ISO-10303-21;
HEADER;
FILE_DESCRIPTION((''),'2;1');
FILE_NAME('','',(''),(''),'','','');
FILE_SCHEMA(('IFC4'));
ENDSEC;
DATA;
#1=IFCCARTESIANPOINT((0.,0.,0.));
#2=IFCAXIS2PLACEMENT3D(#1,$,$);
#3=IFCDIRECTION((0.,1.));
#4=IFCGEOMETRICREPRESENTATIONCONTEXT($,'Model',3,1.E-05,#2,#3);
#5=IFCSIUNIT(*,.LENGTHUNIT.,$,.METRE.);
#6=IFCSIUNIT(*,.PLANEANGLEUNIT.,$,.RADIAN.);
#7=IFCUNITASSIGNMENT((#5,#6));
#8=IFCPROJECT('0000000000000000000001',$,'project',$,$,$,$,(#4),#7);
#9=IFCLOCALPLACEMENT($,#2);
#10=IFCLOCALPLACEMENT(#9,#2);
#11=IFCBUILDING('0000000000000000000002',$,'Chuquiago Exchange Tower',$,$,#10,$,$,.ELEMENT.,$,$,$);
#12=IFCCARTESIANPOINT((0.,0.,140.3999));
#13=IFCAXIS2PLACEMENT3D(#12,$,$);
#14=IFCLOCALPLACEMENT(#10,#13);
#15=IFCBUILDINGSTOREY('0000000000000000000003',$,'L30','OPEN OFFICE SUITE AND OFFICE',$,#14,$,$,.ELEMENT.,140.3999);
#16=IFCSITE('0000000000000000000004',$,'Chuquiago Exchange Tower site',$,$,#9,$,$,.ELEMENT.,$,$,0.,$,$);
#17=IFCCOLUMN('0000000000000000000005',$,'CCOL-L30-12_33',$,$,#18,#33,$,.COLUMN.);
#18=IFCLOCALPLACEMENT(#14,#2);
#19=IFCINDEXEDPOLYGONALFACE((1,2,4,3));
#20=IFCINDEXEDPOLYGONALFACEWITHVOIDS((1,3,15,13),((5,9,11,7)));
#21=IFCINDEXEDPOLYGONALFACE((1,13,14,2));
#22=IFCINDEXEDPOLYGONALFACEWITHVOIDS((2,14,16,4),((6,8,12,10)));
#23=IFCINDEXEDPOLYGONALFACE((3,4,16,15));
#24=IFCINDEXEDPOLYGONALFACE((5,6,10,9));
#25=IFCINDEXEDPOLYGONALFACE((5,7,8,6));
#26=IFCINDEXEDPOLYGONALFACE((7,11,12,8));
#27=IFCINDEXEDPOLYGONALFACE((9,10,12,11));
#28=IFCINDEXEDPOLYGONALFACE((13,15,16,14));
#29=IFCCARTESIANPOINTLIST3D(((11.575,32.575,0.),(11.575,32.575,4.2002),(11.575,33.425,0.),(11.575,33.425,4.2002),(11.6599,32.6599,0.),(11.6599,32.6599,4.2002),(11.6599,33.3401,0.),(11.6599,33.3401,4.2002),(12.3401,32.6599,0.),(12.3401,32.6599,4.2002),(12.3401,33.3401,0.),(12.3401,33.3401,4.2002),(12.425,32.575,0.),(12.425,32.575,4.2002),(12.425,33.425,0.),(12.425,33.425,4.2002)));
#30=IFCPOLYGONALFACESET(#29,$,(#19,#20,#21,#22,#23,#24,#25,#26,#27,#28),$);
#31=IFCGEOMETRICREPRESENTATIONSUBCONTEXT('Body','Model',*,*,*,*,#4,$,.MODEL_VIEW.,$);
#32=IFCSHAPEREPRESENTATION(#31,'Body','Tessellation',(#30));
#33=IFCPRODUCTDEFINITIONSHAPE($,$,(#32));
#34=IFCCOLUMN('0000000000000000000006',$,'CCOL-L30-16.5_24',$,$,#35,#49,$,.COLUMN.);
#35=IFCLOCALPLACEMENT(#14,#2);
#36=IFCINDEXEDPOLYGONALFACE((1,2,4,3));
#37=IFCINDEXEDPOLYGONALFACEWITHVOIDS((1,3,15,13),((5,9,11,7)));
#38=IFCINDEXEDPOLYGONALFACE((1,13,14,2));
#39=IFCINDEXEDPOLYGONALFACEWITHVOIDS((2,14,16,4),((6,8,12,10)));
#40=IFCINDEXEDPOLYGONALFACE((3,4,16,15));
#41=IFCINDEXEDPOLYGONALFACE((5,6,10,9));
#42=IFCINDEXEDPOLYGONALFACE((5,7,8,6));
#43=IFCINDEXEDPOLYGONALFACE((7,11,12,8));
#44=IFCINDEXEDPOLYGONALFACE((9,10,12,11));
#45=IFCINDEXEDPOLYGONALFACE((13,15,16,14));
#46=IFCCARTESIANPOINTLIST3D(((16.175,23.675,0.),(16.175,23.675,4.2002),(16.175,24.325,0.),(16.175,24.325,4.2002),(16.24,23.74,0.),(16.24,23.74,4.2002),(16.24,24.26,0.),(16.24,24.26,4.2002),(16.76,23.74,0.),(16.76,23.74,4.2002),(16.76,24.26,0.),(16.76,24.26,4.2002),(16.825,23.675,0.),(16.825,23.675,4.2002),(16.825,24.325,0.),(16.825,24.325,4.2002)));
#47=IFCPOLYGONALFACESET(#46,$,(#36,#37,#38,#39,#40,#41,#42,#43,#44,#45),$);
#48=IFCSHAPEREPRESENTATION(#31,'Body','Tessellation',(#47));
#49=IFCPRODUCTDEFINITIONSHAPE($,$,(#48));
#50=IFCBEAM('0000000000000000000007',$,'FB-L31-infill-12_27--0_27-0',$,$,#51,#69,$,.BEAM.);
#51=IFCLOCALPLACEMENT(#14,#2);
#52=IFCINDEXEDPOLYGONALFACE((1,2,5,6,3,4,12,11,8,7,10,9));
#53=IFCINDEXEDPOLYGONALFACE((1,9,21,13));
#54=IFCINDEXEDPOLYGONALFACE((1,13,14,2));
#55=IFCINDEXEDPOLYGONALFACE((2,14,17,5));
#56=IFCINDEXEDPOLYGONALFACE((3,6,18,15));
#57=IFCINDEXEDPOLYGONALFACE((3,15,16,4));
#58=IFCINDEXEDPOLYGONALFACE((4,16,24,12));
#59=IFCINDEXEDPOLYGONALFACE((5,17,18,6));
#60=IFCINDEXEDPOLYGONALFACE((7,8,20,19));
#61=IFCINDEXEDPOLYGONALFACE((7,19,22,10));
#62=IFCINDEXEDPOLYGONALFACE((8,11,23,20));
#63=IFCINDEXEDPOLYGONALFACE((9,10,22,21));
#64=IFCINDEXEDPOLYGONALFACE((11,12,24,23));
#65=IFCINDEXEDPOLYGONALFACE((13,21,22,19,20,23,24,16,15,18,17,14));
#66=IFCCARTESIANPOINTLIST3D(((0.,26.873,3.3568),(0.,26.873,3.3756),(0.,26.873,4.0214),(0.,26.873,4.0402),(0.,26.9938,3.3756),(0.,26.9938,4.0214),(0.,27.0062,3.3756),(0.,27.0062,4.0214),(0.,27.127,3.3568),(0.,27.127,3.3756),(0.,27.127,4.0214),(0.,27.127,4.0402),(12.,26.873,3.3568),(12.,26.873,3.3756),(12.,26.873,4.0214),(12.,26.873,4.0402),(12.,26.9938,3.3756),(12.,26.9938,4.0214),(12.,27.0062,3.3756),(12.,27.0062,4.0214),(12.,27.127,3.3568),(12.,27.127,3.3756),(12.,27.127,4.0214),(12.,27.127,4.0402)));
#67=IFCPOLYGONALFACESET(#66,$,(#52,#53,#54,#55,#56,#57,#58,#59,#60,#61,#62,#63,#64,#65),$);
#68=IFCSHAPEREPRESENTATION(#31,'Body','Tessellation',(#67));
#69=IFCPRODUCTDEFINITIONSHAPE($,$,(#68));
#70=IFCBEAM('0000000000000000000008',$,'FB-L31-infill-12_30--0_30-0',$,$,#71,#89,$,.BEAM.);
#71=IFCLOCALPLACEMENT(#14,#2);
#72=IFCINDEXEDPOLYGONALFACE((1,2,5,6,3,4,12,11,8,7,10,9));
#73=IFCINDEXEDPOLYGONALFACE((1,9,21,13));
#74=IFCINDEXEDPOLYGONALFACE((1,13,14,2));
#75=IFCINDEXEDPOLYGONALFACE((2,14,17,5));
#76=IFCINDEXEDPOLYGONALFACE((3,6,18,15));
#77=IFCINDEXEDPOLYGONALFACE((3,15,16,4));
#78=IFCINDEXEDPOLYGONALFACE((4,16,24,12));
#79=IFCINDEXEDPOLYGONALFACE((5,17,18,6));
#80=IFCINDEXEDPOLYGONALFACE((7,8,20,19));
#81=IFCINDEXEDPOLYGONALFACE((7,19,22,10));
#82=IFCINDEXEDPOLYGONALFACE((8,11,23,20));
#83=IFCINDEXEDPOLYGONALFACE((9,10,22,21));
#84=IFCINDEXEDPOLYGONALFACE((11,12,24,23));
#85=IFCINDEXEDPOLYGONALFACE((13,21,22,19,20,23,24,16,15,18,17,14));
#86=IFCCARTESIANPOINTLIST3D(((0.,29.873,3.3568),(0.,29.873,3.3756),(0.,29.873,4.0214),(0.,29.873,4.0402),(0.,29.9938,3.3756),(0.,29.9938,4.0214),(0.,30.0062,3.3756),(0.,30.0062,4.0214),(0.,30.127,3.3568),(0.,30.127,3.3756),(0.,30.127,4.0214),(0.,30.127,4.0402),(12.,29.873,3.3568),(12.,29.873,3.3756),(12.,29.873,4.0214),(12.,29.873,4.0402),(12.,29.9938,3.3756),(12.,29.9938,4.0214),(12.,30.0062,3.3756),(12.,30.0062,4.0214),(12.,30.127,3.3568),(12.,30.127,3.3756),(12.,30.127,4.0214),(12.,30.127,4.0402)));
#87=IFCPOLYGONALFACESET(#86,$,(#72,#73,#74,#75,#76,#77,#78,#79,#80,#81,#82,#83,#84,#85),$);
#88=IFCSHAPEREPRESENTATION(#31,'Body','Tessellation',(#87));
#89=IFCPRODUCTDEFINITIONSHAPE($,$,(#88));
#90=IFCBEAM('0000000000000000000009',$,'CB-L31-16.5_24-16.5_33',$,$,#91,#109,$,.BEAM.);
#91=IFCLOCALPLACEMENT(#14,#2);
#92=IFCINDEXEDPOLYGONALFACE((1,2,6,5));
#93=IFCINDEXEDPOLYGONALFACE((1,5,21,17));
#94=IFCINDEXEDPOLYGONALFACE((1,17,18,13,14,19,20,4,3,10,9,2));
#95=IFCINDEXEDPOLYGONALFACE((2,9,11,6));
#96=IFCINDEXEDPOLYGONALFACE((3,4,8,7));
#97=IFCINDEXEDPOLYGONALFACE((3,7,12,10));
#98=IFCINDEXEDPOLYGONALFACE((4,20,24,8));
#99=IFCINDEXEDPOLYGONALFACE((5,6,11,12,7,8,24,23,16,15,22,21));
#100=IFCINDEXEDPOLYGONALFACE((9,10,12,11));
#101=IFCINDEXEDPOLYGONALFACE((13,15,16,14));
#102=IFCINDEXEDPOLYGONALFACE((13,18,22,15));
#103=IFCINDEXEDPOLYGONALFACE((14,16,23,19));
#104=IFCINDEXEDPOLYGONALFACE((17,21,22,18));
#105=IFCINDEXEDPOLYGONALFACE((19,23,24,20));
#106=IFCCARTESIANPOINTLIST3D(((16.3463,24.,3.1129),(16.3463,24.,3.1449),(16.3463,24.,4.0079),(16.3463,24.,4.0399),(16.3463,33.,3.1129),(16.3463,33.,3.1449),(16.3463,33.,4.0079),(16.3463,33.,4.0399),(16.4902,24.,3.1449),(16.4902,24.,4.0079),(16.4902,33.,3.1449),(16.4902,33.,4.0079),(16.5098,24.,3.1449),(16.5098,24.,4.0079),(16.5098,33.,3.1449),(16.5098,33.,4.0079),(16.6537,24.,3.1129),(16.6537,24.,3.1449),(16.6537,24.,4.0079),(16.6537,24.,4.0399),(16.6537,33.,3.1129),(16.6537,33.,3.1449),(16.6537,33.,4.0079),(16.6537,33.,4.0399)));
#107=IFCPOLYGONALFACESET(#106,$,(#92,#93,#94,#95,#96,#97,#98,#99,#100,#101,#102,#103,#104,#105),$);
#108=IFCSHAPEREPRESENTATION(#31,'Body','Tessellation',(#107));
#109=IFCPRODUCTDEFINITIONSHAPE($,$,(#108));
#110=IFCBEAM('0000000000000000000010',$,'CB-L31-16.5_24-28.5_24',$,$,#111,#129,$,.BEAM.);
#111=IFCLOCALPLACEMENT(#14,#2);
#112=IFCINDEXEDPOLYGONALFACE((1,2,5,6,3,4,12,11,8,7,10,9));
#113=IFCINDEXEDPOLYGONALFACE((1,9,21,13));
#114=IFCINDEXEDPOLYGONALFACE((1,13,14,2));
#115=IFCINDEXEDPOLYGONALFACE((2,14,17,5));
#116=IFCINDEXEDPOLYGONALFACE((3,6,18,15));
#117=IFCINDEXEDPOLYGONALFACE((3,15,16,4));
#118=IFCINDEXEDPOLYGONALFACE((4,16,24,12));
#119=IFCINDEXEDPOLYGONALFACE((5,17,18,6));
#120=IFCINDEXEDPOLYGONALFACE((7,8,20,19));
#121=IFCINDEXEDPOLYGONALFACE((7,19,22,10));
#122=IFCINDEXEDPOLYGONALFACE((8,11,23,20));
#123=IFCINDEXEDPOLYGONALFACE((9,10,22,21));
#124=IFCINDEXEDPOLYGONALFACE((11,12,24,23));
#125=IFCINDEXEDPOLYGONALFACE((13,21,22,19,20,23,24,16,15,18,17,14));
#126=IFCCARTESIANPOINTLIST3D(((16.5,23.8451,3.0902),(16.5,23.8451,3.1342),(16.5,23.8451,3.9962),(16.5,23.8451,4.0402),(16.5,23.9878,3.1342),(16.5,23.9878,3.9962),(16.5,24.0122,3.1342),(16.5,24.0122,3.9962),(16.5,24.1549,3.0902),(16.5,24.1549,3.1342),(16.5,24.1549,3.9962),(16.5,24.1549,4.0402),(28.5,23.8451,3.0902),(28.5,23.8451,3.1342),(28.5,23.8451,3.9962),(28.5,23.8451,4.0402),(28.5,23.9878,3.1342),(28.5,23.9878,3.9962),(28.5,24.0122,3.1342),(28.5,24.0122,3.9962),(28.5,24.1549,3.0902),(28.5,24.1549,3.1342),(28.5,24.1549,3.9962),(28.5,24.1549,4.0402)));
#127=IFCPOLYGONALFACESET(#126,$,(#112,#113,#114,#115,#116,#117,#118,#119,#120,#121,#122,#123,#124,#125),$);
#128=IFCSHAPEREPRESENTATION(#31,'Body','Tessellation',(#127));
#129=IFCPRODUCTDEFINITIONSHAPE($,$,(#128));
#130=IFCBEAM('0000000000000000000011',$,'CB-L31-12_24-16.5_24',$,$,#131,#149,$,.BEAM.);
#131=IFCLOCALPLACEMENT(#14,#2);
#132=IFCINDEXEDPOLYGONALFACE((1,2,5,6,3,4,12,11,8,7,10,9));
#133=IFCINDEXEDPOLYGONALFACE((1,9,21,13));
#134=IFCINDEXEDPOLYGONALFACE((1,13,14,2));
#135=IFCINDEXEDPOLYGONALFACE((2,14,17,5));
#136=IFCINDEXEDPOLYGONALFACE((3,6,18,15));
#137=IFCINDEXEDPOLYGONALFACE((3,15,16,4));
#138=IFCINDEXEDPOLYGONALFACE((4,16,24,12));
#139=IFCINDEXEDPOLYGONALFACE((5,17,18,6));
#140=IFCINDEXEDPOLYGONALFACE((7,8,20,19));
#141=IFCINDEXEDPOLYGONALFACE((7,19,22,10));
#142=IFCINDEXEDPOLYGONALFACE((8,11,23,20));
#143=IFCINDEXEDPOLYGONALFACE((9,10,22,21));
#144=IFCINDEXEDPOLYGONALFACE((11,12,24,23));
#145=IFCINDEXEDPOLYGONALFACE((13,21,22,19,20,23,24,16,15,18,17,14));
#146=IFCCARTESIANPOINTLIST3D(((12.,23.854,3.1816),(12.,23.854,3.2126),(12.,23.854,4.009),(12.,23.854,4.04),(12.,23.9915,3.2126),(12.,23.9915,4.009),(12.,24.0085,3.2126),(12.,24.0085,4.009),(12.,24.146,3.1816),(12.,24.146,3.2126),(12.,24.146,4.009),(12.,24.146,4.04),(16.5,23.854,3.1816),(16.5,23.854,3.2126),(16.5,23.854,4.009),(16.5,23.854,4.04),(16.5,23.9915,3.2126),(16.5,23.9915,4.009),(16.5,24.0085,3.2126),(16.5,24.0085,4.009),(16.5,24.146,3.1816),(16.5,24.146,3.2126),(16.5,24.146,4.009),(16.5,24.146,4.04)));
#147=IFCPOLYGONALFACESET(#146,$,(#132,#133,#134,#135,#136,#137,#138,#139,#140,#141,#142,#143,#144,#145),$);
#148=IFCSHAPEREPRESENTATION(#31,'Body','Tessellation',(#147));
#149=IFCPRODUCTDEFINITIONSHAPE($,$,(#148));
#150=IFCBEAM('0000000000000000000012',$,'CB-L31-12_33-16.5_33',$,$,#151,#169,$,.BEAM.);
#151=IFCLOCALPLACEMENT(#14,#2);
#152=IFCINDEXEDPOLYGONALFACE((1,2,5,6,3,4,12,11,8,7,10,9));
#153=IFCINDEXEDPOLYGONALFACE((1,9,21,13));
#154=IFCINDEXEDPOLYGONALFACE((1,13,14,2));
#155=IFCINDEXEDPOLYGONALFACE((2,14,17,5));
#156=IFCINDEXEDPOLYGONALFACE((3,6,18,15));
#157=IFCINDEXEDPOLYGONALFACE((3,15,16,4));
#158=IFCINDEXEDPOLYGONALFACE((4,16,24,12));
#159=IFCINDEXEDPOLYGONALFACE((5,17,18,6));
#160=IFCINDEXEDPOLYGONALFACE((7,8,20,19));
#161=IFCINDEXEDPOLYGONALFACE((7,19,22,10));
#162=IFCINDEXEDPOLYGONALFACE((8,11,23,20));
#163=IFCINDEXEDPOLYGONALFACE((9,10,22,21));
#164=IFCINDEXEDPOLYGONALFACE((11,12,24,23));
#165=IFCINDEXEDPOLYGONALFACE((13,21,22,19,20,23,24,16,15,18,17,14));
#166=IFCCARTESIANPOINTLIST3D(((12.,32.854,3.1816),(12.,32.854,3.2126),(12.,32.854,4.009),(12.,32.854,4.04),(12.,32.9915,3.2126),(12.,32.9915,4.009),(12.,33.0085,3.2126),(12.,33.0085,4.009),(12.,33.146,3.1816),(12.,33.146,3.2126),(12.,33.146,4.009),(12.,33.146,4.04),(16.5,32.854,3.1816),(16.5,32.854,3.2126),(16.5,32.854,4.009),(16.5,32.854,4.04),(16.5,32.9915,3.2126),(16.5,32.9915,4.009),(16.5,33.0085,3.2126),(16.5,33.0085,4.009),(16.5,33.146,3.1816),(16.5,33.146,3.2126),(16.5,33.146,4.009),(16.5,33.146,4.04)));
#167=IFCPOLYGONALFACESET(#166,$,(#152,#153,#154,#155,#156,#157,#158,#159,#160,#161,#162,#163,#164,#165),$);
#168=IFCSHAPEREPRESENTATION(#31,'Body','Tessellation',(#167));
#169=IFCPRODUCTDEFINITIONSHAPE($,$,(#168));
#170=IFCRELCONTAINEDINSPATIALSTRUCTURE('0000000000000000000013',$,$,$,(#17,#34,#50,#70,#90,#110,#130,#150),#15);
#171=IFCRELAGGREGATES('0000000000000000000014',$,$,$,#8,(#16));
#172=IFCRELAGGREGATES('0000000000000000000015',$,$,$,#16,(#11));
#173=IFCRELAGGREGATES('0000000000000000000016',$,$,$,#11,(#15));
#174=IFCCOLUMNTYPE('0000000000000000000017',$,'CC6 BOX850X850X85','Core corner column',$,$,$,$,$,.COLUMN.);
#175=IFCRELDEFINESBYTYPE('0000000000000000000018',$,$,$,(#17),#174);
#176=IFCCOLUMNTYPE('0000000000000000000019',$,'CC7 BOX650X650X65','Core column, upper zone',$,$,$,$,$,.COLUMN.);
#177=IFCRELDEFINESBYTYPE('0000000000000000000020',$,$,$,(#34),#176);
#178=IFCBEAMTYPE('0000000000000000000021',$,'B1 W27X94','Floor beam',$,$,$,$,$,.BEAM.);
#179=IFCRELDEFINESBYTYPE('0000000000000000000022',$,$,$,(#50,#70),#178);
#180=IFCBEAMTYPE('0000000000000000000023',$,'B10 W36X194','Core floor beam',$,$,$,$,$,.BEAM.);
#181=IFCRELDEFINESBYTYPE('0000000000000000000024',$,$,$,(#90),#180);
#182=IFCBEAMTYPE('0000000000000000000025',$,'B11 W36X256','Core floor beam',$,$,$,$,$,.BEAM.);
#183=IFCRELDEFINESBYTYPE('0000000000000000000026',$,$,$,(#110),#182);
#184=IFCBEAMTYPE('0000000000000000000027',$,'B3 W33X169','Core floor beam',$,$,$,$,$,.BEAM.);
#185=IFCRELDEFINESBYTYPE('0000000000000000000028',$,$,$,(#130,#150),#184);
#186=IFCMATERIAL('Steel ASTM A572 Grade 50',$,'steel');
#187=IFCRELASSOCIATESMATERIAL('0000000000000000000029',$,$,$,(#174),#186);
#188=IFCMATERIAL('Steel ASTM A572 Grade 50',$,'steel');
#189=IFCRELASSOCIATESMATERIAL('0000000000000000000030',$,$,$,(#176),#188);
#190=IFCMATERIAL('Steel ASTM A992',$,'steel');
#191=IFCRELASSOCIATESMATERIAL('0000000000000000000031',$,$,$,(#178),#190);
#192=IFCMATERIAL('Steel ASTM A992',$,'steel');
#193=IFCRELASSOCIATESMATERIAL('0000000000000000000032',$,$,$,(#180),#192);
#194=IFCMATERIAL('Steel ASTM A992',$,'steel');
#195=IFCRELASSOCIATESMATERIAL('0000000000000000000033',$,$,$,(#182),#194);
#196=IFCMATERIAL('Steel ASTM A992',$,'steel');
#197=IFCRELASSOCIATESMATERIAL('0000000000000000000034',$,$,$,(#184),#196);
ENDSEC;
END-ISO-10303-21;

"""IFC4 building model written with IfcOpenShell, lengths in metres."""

from ifc_helpers import new_model, si_unit, direction, frame, origin, origin_2d, place, context, subcontext, project, spatial, hollow_rectangle, i_section, extrude, material, material_profile, profile_set, type_object, element, save


model = new_model("IFC4")

# Units and contexts
model_context = context("Model", 3, precision=1e-05, world=origin(), true_north=direction((0.0, 1.0)))
body_context = subcontext(model_context, "Body", "Model", "MODEL_VIEW")
ifc_project = project(units=[si_unit("LENGTHUNIT", "METRE"), si_unit("PLANEANGLEUNIT", "RADIAN")], contexts=[model_context])

# Site, building, storey
site_placement = place(None, origin())
site = spatial("IfcSite", under=ifc_project, at=site_placement, Name="Chuquiago Exchange Tower site", CompositionType="ELEMENT", RefElevation=0.0)
building_placement = place(site_placement, origin())
building = spatial("IfcBuilding", under=site, at=building_placement, Name="Chuquiago Exchange Tower", CompositionType="ELEMENT")
storey_placement = place(building_placement, frame((0.0, 0.0, 140.3999)))
storey = spatial("IfcBuildingStorey", under=building, at=storey_placement, Name="L30", Description="OPEN OFFICE SUITE AND OFFICE", CompositionType="ELEMENT", Elevation=140.3999)

# Columns
ifc_material_1 = material(Name="Steel ASTM A572 Grade 50", Category="steel")
ifc_material_profile_1 = material_profile(ifc_material_1, hollow_rectangle(XDim=0.8501, YDim=0.8501, WallThickness=0.085, at=origin_2d()), Name="BOX850X850X85")
ifc_profile_set_1 = profile_set([ifc_material_profile_1], Name="Steel ASTM A572 Grade 50")
column_type_1 = type_object("IfcColumnType", Name="CC6 BOX850X850X85", Description="Core corner column", PredefinedType="COLUMN", material=ifc_profile_set_1)
column_1_placement = place(storey_placement, frame((12.0, 33.0, 0.0), z_axis=(0.0, 0.0, 1.0), x_axis=(1.0, 0.0, 0.0)))
element("IfcColumn", 1, at=column_1_placement, inside=storey, type_object=column_type_1, Name="CCOL-L30-12_33", PredefinedType="COLUMN", context=body_context, shape_type="SweptSolid", body=[
    extrude(hollow_rectangle(XDim=0.8501, YDim=0.8501, WallThickness=0.085, at=origin_2d()), origin(), (0.0, 0.0, 1.0), 4.2002),
])
ifc_material_2 = material(Name="Steel ASTM A572 Grade 50", Category="steel")
ifc_material_profile_2 = material_profile(ifc_material_2, hollow_rectangle(XDim=0.6499, YDim=0.6499, WallThickness=0.0649, at=origin_2d()), Name="BOX650X650X65")
ifc_profile_set_2 = profile_set([ifc_material_profile_2], Name="Steel ASTM A572 Grade 50")
column_type_2 = type_object("IfcColumnType", Name="CC7 BOX650X650X65", Description="Core column, upper zone", PredefinedType="COLUMN", material=ifc_profile_set_2)
column_2_placement = place(storey_placement, frame((16.5, 24.0, 0.0), z_axis=(0.0, 0.0, 1.0), x_axis=(1.0, 0.0, 0.0)))
element("IfcColumn", 2, at=column_2_placement, inside=storey, type_object=column_type_2, Name="CCOL-L30-16.5_24", PredefinedType="COLUMN", context=body_context, shape_type="SweptSolid", body=[
    extrude(hollow_rectangle(XDim=0.6499, YDim=0.6499, WallThickness=0.0649, at=origin_2d()), origin(), (0.0, 0.0, 1.0), 4.2002),
])

# Beams
ifc_material_3 = material(Name="Steel ASTM A992", Category="steel")
ifc_material_profile_3 = material_profile(ifc_material_3, i_section(OverallWidth=0.2539, OverallDepth=0.6833, WebThickness=0.0125, FlangeThickness=0.0188, at=origin_2d()), Name="W27X94")
ifc_profile_set_3 = profile_set([ifc_material_profile_3], Name="Steel ASTM A992")
beam_type_1 = type_object("IfcBeamType", Name="B1 W27X94", Description="Floor beam", PredefinedType="BEAM", material=ifc_profile_set_3)
for number, where, z_axis, x_axis, name in (
    (3, (12.0, 27.0, 3.6985), (-1.0, 0.0, 0.0), (0.0, -1.0, 0.0), "FB-L31-infill-12_27--0_27-0"),
    (4, (12.0, 30.0, 3.6985), (-1.0, 0.0, 0.0), (0.0, -1.0, 0.0), "FB-L31-infill-12_30--0_30-0"),
):
    element("IfcBeam", number, at=place(storey_placement, frame(where, z_axis=z_axis, x_axis=x_axis)), inside=storey, type_object=beam_type_1, Name=name, PredefinedType="BEAM", context=body_context, shape_type="SweptSolid", body=[
        extrude(i_section(OverallWidth=0.2539, OverallDepth=0.6833, WebThickness=0.0125, FlangeThickness=0.0188, at=origin_2d()), origin(), (0.0, 0.0, 1.0), 12.0),
    ])
ifc_material_4 = material(Name="Steel ASTM A992", Category="steel")
ifc_material_profile_4 = material_profile(ifc_material_4, i_section(OverallWidth=0.3074, OverallDepth=0.927, WebThickness=0.0195, FlangeThickness=0.032, at=origin_2d()), Name="W36X194")
ifc_profile_set_4 = profile_set([ifc_material_profile_4], Name="Steel ASTM A992")
beam_type_2 = type_object("IfcBeamType", Name="B10 W36X194", Description="Core floor beam", PredefinedType="BEAM", material=ifc_profile_set_4)
beam_1_placement = place(storey_placement, frame((16.5, 24.0, 3.5764), z_axis=(0.0, 1.0, 0.0), x_axis=(-1.0, 0.0, 0.0)))
element("IfcBeam", 5, at=beam_1_placement, inside=storey, type_object=beam_type_2, Name="CB-L31-16.5_24-16.5_33", PredefinedType="BEAM", context=body_context, shape_type="SweptSolid", body=[
    extrude(i_section(OverallWidth=0.3074, OverallDepth=0.927, WebThickness=0.0195, FlangeThickness=0.032, at=origin_2d()), origin(), (0.0, 0.0, 1.0), 9.0),
])
ifc_material_5 = material(Name="Steel ASTM A992", Category="steel")
ifc_material_profile_5 = material_profile(ifc_material_5, i_section(OverallWidth=0.3098, OverallDepth=0.95, WebThickness=0.0244, FlangeThickness=0.0439, at=origin_2d()), Name="W36X256")
ifc_profile_set_5 = profile_set([ifc_material_profile_5], Name="Steel ASTM A992")
beam_type_3 = type_object("IfcBeamType", Name="B11 W36X256", Description="Core floor beam", PredefinedType="BEAM", material=ifc_profile_set_5)
beam_2_placement = place(storey_placement, frame((16.5, 24.0, 3.5652), z_axis=(1.0, 0.0, 0.0), x_axis=(0.0, 1.0, 0.0)))
element("IfcBeam", 6, at=beam_2_placement, inside=storey, type_object=beam_type_3, Name="CB-L31-16.5_24-28.5_24", PredefinedType="BEAM", context=body_context, shape_type="SweptSolid", body=[
    extrude(i_section(OverallWidth=0.3098, OverallDepth=0.95, WebThickness=0.0244, FlangeThickness=0.0439, at=origin_2d()), origin(), (0.0, 0.0, 1.0), 12.0),
])
ifc_material_6 = material(Name="Steel ASTM A992", Category="steel")
ifc_material_profile_6 = material_profile(ifc_material_6, i_section(OverallWidth=0.292, OverallDepth=0.8584, WebThickness=0.0171, FlangeThickness=0.031, at=origin_2d()), Name="W33X169")
ifc_profile_set_6 = profile_set([ifc_material_profile_6], Name="Steel ASTM A992")
beam_type_4 = type_object("IfcBeamType", Name="B3 W33X169", Description="Core floor beam", PredefinedType="BEAM", material=ifc_profile_set_6)
for number, where, z_axis, x_axis, name in (
    (7, (12.0, 24.0, 3.6108), (1.0, 0.0, 0.0), (0.0, 1.0, 0.0), "CB-L31-12_24-16.5_24"),
    (8, (12.0, 33.0, 3.6108), (1.0, 0.0, 0.0), (0.0, 1.0, 0.0), "CB-L31-12_33-16.5_33"),
):
    element("IfcBeam", number, at=place(storey_placement, frame(where, z_axis=z_axis, x_axis=x_axis)), inside=storey, type_object=beam_type_4, Name=name, PredefinedType="BEAM", context=body_context, shape_type="SweptSolid", body=[
        extrude(i_section(OverallWidth=0.292, OverallDepth=0.8584, WebThickness=0.0171, FlangeThickness=0.031, at=origin_2d()), origin(), (0.0, 0.0, 1.0), 4.5),
    ])

save(model, "model.ifc")
